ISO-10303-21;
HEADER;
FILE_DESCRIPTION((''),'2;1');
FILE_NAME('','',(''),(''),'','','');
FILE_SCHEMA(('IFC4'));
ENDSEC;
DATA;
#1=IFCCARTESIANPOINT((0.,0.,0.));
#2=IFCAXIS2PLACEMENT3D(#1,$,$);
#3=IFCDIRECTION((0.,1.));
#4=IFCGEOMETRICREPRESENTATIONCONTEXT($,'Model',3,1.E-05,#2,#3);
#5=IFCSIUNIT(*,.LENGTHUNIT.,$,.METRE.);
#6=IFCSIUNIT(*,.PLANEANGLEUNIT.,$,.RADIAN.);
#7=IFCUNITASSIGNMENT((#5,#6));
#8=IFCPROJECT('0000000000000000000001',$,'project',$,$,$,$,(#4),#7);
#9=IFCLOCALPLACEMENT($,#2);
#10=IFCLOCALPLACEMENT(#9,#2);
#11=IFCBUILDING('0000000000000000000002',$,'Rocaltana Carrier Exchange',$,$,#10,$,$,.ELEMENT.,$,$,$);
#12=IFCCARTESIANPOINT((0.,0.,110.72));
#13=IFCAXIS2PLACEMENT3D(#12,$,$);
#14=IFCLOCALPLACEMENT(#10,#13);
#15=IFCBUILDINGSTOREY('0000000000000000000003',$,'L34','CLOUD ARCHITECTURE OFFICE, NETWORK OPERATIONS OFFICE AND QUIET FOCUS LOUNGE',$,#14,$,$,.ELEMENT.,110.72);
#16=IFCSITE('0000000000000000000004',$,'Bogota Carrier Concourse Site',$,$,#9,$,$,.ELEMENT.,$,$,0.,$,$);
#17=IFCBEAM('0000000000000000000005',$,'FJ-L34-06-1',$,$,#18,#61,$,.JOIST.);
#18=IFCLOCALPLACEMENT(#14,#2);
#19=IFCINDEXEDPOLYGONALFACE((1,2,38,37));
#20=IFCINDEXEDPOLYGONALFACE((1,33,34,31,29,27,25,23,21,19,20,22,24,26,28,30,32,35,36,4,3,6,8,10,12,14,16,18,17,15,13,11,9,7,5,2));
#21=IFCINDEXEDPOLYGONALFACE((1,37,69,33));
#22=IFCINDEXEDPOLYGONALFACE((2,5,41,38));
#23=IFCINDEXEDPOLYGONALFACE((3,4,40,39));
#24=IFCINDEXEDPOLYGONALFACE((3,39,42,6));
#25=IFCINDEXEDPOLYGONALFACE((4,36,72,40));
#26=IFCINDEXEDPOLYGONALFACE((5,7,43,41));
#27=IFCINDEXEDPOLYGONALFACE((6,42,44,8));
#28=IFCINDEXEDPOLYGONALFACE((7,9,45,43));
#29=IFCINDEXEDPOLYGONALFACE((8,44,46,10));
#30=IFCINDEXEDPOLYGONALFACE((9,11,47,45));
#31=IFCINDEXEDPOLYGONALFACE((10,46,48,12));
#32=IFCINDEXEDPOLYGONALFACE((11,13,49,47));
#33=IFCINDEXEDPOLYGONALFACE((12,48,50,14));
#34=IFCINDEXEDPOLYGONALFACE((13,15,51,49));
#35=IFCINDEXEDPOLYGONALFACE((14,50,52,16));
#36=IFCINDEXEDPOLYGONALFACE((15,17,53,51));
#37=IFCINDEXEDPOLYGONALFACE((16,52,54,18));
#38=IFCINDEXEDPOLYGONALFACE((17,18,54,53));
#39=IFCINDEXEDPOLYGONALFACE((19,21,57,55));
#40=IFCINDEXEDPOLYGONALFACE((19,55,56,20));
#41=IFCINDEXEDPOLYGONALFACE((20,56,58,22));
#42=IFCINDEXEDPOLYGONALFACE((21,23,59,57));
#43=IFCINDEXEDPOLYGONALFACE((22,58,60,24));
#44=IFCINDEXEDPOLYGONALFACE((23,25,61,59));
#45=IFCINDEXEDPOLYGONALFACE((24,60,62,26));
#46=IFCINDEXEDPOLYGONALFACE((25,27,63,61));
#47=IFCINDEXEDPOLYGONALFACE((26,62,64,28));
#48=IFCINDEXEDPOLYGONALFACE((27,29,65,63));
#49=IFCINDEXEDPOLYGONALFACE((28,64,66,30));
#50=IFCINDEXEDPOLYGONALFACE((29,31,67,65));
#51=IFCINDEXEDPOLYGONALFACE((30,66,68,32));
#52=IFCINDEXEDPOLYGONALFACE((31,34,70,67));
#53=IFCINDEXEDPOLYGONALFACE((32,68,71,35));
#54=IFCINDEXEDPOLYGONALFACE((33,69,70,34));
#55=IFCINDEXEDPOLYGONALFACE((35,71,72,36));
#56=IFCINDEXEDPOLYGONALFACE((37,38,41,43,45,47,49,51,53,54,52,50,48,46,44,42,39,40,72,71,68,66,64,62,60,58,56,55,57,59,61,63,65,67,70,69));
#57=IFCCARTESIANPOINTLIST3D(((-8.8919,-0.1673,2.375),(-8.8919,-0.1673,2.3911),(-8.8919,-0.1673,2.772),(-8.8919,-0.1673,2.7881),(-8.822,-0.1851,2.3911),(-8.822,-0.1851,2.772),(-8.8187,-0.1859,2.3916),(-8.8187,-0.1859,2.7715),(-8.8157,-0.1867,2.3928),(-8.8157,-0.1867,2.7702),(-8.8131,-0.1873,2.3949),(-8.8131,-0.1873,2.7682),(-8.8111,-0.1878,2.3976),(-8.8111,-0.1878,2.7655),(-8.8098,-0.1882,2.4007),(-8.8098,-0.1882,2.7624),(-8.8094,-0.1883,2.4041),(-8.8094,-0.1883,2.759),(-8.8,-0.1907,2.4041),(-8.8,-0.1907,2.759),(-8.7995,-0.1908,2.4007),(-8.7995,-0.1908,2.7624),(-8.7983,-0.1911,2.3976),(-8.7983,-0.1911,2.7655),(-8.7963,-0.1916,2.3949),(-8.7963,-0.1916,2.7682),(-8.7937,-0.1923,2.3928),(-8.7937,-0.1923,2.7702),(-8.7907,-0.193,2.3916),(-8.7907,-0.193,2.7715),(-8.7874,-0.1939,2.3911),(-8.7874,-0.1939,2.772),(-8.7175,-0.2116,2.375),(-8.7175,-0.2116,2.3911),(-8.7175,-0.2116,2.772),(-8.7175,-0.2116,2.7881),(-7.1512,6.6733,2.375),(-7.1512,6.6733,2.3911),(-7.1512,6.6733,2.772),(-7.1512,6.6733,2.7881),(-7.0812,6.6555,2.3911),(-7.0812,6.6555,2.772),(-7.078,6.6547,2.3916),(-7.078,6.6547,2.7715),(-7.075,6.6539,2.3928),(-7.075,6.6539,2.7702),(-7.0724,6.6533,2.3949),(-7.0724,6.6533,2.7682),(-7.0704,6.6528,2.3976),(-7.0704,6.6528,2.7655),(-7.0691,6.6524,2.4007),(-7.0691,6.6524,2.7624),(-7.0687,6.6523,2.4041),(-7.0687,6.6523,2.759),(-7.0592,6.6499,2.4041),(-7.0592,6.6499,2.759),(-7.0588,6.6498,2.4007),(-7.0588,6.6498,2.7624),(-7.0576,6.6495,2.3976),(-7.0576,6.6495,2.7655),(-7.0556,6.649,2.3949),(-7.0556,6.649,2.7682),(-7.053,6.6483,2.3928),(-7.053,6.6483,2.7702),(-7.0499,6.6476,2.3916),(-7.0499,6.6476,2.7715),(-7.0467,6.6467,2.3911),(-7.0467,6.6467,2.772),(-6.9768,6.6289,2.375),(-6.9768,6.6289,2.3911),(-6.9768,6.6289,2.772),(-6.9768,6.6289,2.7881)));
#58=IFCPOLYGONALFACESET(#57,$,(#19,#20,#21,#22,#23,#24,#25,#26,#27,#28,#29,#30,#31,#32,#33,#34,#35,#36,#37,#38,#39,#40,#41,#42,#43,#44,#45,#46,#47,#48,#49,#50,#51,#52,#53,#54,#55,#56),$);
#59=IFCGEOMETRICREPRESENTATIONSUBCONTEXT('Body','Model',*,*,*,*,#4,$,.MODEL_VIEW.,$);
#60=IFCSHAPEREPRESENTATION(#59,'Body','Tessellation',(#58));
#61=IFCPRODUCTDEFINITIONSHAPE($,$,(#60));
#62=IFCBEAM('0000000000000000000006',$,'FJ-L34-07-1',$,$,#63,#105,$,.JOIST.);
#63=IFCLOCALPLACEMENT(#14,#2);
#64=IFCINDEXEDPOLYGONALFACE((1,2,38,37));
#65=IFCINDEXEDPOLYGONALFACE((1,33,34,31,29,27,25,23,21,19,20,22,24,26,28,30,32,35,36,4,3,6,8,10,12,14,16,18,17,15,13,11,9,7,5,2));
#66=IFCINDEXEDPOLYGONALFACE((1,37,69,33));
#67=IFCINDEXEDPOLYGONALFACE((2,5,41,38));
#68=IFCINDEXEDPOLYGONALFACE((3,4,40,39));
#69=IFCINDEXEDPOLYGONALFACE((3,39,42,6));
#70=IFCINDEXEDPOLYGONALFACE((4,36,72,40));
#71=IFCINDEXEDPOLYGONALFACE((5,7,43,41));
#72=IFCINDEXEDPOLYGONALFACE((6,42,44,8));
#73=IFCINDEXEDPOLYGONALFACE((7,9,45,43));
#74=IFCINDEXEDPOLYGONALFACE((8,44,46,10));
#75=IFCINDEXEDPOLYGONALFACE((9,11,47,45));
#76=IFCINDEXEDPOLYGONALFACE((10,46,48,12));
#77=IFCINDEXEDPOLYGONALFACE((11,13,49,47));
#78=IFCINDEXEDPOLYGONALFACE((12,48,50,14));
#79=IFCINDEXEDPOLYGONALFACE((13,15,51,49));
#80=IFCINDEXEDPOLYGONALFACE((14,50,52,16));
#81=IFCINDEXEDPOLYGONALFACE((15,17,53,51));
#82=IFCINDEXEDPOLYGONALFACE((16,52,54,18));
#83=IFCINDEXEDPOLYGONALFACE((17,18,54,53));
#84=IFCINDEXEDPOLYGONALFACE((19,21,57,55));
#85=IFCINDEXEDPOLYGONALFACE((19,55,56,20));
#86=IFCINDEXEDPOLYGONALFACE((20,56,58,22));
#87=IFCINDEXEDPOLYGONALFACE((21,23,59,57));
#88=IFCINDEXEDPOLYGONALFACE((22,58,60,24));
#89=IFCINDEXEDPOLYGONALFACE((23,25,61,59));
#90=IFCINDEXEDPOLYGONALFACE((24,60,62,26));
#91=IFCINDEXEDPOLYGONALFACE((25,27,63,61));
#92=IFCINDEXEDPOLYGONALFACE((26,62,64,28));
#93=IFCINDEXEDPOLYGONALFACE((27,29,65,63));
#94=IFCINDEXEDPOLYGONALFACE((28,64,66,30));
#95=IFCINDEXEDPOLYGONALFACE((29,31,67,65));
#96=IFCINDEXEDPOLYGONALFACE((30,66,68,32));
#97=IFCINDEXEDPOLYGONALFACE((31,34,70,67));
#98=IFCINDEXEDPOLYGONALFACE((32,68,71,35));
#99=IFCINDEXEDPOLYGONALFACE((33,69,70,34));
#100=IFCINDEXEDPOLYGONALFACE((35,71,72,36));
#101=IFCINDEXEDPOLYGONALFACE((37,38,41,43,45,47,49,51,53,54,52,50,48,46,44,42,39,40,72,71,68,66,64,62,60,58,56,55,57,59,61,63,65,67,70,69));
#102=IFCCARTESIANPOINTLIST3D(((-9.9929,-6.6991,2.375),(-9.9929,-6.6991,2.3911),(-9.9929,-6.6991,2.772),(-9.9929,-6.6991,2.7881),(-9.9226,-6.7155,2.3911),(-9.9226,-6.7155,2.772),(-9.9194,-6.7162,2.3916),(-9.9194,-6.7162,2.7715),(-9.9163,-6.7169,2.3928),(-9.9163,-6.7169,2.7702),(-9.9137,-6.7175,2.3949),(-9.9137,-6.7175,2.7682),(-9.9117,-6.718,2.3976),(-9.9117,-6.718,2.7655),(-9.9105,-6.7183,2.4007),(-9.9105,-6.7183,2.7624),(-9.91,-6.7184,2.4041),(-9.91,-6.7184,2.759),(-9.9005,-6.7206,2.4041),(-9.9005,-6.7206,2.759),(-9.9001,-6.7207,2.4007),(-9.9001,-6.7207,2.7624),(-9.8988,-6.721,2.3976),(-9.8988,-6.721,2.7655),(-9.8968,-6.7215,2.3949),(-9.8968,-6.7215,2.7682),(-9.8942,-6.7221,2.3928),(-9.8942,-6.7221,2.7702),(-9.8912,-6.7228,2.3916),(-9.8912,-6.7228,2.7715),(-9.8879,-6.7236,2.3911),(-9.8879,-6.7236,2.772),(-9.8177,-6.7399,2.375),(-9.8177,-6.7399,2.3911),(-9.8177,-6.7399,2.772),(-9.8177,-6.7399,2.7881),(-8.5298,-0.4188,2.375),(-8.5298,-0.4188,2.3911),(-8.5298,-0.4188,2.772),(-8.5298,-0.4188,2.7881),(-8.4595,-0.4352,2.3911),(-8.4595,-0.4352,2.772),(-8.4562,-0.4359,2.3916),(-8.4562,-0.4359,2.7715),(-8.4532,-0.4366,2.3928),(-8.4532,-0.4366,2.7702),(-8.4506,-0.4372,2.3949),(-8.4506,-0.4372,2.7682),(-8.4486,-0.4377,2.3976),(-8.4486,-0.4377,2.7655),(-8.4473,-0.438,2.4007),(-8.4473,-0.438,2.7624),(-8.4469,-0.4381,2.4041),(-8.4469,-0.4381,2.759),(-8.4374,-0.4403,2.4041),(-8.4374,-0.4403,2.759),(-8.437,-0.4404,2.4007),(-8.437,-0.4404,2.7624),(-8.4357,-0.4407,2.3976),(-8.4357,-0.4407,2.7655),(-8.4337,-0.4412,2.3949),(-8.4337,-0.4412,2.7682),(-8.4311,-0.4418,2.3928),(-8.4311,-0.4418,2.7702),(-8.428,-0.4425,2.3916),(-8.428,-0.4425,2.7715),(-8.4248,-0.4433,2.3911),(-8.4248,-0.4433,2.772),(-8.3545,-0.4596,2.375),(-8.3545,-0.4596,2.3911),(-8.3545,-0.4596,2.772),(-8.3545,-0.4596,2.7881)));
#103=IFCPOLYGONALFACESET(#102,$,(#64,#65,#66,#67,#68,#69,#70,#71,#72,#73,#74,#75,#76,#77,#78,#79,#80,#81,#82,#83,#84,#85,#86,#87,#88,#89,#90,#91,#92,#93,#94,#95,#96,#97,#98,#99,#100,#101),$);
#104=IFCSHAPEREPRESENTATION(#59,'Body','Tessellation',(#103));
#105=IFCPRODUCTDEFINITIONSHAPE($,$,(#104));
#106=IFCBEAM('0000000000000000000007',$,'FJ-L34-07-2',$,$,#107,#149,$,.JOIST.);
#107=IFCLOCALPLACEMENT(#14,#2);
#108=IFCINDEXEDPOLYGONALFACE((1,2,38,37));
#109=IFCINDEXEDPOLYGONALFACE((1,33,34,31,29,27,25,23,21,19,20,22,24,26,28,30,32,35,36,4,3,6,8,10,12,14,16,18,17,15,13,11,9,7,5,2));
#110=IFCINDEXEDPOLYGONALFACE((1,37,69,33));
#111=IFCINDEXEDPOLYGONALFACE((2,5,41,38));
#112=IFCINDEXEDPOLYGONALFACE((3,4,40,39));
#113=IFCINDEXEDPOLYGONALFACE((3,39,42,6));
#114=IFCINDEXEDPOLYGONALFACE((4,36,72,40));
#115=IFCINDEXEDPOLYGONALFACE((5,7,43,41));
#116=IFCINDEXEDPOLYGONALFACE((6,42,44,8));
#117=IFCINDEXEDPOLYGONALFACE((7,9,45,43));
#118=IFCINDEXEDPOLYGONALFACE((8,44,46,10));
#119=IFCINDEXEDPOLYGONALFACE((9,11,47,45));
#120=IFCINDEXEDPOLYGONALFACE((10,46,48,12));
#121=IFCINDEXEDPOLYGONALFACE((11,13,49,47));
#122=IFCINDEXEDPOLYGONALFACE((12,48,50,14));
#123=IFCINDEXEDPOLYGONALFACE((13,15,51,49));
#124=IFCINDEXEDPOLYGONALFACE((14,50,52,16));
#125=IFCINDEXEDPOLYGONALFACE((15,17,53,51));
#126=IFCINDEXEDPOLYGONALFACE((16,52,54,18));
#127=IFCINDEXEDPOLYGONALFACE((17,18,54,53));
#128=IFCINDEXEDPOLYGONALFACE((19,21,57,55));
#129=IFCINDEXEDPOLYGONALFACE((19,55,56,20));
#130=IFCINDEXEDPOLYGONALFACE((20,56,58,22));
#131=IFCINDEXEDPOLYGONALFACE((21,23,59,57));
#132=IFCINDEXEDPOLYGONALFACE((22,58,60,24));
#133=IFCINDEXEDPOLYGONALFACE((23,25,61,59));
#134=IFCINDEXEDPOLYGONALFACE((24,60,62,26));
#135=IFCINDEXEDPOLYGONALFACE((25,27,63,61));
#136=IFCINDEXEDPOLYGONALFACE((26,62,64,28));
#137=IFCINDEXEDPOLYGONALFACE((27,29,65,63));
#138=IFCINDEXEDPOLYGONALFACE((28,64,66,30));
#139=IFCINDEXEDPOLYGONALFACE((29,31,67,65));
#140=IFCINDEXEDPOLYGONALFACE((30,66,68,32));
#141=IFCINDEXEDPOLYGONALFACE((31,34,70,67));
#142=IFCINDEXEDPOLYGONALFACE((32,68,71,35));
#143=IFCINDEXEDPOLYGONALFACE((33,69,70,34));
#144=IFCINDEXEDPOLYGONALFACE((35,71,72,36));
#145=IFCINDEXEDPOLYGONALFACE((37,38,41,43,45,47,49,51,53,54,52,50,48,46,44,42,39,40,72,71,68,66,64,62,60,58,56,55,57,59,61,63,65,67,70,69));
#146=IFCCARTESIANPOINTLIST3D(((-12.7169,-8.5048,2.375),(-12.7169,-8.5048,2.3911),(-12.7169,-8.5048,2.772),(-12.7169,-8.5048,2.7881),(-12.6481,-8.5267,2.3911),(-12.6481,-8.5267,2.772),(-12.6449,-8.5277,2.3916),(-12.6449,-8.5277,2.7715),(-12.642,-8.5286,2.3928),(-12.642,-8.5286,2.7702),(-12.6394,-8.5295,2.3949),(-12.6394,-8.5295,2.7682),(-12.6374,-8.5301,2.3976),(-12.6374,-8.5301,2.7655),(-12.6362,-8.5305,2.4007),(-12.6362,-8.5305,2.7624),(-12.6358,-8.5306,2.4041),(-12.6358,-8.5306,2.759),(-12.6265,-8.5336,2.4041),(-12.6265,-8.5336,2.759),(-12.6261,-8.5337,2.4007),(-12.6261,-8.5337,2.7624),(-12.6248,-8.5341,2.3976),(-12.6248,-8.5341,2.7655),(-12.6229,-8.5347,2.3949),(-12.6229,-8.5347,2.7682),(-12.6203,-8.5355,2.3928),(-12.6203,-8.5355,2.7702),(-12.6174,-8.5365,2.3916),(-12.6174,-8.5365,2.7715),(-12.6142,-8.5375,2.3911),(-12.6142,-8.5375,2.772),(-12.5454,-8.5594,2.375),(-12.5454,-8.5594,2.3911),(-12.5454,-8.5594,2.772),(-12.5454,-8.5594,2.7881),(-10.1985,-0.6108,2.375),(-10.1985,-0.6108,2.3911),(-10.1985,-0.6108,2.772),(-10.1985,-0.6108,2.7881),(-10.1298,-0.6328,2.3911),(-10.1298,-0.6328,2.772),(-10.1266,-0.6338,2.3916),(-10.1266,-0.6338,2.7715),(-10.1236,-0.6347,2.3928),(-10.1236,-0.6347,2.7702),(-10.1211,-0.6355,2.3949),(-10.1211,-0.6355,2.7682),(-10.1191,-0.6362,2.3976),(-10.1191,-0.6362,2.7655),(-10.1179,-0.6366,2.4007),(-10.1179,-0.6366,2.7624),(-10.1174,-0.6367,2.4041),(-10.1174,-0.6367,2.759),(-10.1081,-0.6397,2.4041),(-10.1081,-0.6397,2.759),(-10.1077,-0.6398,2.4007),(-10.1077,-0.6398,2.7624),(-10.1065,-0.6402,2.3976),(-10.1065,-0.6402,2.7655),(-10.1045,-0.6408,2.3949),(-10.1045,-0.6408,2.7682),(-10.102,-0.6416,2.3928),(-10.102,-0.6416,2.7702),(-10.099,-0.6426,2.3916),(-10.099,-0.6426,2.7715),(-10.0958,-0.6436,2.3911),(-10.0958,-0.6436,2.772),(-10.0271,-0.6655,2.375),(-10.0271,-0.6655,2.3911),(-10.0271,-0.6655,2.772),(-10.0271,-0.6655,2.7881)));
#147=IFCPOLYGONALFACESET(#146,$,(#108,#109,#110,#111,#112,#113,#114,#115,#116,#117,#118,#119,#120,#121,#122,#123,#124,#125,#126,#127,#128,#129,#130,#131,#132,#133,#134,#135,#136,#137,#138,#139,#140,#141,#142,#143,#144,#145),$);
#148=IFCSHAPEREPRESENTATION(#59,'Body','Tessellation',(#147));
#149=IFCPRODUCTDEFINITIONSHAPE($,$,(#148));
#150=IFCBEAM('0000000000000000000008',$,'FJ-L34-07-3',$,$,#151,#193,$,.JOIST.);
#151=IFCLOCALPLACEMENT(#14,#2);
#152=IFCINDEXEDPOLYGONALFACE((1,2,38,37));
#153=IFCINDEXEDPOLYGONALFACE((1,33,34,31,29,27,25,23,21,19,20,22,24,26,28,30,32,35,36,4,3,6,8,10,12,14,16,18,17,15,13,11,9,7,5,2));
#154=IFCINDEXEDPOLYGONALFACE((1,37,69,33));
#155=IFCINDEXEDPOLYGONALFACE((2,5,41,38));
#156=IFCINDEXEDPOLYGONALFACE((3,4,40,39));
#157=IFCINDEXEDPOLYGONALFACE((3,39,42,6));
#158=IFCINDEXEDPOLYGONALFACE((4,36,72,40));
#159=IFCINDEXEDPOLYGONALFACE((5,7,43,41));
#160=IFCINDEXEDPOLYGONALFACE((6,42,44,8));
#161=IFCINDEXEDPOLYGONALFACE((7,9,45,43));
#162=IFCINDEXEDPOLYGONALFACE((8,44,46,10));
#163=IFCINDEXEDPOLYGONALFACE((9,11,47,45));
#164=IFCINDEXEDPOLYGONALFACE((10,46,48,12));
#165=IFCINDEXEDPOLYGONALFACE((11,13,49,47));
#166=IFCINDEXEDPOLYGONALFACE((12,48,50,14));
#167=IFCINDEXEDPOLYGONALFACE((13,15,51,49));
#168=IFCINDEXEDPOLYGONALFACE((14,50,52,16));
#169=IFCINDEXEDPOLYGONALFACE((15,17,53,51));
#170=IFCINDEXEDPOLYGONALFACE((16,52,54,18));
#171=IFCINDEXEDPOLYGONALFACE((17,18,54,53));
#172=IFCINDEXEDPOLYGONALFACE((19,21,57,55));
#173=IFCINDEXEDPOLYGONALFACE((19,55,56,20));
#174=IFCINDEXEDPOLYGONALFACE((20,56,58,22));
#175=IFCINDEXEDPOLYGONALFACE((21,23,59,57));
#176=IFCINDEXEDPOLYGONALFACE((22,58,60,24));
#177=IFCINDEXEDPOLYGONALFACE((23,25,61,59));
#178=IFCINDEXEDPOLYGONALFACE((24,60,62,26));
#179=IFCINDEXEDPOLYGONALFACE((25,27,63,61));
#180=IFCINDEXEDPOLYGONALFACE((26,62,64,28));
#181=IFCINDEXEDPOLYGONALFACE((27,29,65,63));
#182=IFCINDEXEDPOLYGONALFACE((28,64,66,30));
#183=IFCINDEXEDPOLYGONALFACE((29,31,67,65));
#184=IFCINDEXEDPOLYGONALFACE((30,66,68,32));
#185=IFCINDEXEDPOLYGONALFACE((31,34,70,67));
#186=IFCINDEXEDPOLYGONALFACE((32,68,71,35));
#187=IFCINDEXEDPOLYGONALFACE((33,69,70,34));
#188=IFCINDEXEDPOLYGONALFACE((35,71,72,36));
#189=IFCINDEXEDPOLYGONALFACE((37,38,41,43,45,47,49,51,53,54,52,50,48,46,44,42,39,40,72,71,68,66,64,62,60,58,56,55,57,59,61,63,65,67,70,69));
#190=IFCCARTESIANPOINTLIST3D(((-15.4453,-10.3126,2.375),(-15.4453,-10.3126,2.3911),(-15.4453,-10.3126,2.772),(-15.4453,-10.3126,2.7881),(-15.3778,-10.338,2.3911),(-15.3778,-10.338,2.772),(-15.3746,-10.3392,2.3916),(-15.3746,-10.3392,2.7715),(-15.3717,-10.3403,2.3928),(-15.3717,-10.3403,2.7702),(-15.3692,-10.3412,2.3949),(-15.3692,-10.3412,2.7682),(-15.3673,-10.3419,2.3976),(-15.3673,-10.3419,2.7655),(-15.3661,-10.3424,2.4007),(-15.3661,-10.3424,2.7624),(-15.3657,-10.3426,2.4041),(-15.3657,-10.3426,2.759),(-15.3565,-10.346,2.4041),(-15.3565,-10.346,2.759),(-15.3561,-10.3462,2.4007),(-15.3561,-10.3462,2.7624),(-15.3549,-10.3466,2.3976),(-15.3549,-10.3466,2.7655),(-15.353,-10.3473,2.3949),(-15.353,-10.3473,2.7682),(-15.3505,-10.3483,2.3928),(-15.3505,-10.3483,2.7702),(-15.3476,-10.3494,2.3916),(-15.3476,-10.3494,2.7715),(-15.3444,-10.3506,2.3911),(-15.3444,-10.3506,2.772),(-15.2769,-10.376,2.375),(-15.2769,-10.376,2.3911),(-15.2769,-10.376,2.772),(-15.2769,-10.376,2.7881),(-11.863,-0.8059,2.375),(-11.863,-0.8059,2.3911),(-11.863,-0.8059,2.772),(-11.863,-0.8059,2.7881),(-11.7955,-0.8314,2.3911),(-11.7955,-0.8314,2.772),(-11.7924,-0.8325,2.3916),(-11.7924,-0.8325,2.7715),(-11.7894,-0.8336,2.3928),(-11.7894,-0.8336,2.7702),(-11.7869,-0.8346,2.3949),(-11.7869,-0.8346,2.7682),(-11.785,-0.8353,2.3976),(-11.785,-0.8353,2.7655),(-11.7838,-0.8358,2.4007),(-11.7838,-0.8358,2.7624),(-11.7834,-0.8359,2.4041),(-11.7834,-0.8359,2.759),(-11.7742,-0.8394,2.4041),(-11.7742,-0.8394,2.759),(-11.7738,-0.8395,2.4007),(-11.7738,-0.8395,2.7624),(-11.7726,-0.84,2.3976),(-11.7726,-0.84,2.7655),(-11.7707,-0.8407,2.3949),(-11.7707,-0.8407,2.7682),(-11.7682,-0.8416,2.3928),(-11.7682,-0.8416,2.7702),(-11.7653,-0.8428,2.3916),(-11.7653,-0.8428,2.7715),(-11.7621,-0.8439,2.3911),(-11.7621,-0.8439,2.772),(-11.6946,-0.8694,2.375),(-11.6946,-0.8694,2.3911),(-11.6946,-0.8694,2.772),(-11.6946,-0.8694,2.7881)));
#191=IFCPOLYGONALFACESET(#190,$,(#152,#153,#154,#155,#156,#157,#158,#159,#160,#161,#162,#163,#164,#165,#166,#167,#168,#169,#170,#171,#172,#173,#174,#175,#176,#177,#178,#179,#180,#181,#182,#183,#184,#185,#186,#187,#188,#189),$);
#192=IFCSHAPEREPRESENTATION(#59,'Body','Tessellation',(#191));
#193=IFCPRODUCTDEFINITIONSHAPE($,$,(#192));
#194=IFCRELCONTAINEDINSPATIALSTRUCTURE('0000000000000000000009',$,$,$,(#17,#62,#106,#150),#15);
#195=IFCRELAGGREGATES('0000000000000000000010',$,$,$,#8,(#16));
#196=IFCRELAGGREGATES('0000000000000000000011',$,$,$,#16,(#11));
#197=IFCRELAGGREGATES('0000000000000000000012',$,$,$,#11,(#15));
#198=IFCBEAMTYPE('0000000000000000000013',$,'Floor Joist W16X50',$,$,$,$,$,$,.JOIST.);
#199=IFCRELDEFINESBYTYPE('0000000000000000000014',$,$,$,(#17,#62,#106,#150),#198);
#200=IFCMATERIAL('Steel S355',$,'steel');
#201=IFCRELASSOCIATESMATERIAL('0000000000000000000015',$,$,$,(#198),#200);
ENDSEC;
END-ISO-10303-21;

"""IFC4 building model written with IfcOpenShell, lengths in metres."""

from ifc_helpers import new_model, si_unit, direction, frame, origin, origin_2d, place, context, subcontext, project, spatial, i_section, extrude, material, material_profile, profile_set, type_object, element, save


model = new_model("IFC4")

# Units and contexts
model_context = context("Model", 3, precision=1e-05, world=origin(), true_north=direction((0.0, 1.0)))
body_context = subcontext(model_context, "Body", "Model", "MODEL_VIEW")
ifc_project = project(units=[si_unit("LENGTHUNIT", "METRE"), si_unit("PLANEANGLEUNIT", "RADIAN")], contexts=[model_context])

# Site, building, storey
site_placement = place(None, origin())
site = spatial("IfcSite", under=ifc_project, at=site_placement, Name="Bogota Carrier Concourse Site", CompositionType="ELEMENT", RefElevation=0.0)
building_placement = place(site_placement, origin())
building = spatial("IfcBuilding", under=site, at=building_placement, Name="Rocaltana Carrier Exchange", CompositionType="ELEMENT")
storey_placement = place(building_placement, frame((0.0, 0.0, 110.72)))
storey = spatial("IfcBuildingStorey", under=building, at=storey_placement, Name="L34", Description="CLOUD ARCHITECTURE OFFICE, NETWORK OPERATIONS OFFICE AND QUIET FOCUS LOUNGE", CompositionType="ELEMENT", Elevation=110.72)

# Beams
ifc_material_1 = material(Name="Steel S355", Category="steel")
ifc_material_profile_1 = material_profile(ifc_material_1, i_section(OverallWidth=0.1799, OverallDepth=0.4131, WebThickness=0.0098, FlangeThickness=0.0161, FilletRadius=0.0129, at=origin_2d()), Name="W16X50")
ifc_profile_set_1 = profile_set([ifc_material_profile_1], Name="Steel S355")
beam_type_1 = type_object("IfcBeamType", Name="Floor Joist W16X50", PredefinedType="JOIST", material=ifc_profile_set_1)
beam_1_placement = place(storey_placement, frame((-7.064, 6.6511, 2.5815), z_axis=(-0.246611, -0.969115, 0.0), x_axis=(0.969115, -0.246611, 0.0)))
element("IfcBeam", 1, at=beam_1_placement, inside=storey, type_object=beam_type_1, Name="FJ-L34-06-1", PredefinedType="JOIST", context=body_context, shape_type="SweptSolid", body=[
    extrude(i_section(OverallWidth=0.1799, OverallDepth=0.4131, WebThickness=0.0098, FlangeThickness=0.0161, FilletRadius=0.0129, at=origin_2d()), origin(), (0.0, 0.0, 1.0), 7.0586),
])
beam_2_placement = place(storey_placement, frame((-8.4421, -0.4392, 2.5815), z_axis=(-0.226897, -0.973919, 0.0), x_axis=(0.973919, -0.226897, 0.0)))
element("IfcBeam", 2, at=beam_2_placement, inside=storey, type_object=beam_type_1, Name="FJ-L34-07-1", PredefinedType="JOIST", context=body_context, shape_type="SweptSolid", body=[
    extrude(i_section(OverallWidth=0.1799, OverallDepth=0.4131, WebThickness=0.0098, FlangeThickness=0.0161, FilletRadius=0.0129, at=origin_2d()), origin(), (0.0, 0.0, 1.0), 6.4485),
])
beam_3_placement = place(storey_placement, frame((-10.1128, -0.6382, 2.5815), z_axis=(-0.303932, -0.952694, 0.0), x_axis=(0.952694, -0.303932, 0.0)))
element("IfcBeam", 3, at=beam_3_placement, inside=storey, type_object=beam_type_1, Name="FJ-L34-07-2", PredefinedType="JOIST", context=body_context, shape_type="SweptSolid", body=[
    extrude(i_section(OverallWidth=0.1799, OverallDepth=0.4131, WebThickness=0.0098, FlangeThickness=0.0161, FilletRadius=0.0129, at=origin_2d()), origin(), (0.0, 0.0, 1.0), 8.2859),
])
beam_4_placement = place(storey_placement, frame((-11.7788, -0.8376, 2.5815), z_axis=(-0.352616, -0.935768, 0.0), x_axis=(0.935768, -0.352616, 0.0)))
element("IfcBeam", 4, at=beam_4_placement, inside=storey, type_object=beam_type_1, Name="FJ-L34-07-3", PredefinedType="JOIST", context=body_context, shape_type="SweptSolid", body=[
    extrude(i_section(OverallWidth=0.1799, OverallDepth=0.4131, WebThickness=0.0098, FlangeThickness=0.0161, FilletRadius=0.0129, at=origin_2d()), origin(), (0.0, 0.0, 1.0), 10.1592),
])

save(model, "model.ifc")
